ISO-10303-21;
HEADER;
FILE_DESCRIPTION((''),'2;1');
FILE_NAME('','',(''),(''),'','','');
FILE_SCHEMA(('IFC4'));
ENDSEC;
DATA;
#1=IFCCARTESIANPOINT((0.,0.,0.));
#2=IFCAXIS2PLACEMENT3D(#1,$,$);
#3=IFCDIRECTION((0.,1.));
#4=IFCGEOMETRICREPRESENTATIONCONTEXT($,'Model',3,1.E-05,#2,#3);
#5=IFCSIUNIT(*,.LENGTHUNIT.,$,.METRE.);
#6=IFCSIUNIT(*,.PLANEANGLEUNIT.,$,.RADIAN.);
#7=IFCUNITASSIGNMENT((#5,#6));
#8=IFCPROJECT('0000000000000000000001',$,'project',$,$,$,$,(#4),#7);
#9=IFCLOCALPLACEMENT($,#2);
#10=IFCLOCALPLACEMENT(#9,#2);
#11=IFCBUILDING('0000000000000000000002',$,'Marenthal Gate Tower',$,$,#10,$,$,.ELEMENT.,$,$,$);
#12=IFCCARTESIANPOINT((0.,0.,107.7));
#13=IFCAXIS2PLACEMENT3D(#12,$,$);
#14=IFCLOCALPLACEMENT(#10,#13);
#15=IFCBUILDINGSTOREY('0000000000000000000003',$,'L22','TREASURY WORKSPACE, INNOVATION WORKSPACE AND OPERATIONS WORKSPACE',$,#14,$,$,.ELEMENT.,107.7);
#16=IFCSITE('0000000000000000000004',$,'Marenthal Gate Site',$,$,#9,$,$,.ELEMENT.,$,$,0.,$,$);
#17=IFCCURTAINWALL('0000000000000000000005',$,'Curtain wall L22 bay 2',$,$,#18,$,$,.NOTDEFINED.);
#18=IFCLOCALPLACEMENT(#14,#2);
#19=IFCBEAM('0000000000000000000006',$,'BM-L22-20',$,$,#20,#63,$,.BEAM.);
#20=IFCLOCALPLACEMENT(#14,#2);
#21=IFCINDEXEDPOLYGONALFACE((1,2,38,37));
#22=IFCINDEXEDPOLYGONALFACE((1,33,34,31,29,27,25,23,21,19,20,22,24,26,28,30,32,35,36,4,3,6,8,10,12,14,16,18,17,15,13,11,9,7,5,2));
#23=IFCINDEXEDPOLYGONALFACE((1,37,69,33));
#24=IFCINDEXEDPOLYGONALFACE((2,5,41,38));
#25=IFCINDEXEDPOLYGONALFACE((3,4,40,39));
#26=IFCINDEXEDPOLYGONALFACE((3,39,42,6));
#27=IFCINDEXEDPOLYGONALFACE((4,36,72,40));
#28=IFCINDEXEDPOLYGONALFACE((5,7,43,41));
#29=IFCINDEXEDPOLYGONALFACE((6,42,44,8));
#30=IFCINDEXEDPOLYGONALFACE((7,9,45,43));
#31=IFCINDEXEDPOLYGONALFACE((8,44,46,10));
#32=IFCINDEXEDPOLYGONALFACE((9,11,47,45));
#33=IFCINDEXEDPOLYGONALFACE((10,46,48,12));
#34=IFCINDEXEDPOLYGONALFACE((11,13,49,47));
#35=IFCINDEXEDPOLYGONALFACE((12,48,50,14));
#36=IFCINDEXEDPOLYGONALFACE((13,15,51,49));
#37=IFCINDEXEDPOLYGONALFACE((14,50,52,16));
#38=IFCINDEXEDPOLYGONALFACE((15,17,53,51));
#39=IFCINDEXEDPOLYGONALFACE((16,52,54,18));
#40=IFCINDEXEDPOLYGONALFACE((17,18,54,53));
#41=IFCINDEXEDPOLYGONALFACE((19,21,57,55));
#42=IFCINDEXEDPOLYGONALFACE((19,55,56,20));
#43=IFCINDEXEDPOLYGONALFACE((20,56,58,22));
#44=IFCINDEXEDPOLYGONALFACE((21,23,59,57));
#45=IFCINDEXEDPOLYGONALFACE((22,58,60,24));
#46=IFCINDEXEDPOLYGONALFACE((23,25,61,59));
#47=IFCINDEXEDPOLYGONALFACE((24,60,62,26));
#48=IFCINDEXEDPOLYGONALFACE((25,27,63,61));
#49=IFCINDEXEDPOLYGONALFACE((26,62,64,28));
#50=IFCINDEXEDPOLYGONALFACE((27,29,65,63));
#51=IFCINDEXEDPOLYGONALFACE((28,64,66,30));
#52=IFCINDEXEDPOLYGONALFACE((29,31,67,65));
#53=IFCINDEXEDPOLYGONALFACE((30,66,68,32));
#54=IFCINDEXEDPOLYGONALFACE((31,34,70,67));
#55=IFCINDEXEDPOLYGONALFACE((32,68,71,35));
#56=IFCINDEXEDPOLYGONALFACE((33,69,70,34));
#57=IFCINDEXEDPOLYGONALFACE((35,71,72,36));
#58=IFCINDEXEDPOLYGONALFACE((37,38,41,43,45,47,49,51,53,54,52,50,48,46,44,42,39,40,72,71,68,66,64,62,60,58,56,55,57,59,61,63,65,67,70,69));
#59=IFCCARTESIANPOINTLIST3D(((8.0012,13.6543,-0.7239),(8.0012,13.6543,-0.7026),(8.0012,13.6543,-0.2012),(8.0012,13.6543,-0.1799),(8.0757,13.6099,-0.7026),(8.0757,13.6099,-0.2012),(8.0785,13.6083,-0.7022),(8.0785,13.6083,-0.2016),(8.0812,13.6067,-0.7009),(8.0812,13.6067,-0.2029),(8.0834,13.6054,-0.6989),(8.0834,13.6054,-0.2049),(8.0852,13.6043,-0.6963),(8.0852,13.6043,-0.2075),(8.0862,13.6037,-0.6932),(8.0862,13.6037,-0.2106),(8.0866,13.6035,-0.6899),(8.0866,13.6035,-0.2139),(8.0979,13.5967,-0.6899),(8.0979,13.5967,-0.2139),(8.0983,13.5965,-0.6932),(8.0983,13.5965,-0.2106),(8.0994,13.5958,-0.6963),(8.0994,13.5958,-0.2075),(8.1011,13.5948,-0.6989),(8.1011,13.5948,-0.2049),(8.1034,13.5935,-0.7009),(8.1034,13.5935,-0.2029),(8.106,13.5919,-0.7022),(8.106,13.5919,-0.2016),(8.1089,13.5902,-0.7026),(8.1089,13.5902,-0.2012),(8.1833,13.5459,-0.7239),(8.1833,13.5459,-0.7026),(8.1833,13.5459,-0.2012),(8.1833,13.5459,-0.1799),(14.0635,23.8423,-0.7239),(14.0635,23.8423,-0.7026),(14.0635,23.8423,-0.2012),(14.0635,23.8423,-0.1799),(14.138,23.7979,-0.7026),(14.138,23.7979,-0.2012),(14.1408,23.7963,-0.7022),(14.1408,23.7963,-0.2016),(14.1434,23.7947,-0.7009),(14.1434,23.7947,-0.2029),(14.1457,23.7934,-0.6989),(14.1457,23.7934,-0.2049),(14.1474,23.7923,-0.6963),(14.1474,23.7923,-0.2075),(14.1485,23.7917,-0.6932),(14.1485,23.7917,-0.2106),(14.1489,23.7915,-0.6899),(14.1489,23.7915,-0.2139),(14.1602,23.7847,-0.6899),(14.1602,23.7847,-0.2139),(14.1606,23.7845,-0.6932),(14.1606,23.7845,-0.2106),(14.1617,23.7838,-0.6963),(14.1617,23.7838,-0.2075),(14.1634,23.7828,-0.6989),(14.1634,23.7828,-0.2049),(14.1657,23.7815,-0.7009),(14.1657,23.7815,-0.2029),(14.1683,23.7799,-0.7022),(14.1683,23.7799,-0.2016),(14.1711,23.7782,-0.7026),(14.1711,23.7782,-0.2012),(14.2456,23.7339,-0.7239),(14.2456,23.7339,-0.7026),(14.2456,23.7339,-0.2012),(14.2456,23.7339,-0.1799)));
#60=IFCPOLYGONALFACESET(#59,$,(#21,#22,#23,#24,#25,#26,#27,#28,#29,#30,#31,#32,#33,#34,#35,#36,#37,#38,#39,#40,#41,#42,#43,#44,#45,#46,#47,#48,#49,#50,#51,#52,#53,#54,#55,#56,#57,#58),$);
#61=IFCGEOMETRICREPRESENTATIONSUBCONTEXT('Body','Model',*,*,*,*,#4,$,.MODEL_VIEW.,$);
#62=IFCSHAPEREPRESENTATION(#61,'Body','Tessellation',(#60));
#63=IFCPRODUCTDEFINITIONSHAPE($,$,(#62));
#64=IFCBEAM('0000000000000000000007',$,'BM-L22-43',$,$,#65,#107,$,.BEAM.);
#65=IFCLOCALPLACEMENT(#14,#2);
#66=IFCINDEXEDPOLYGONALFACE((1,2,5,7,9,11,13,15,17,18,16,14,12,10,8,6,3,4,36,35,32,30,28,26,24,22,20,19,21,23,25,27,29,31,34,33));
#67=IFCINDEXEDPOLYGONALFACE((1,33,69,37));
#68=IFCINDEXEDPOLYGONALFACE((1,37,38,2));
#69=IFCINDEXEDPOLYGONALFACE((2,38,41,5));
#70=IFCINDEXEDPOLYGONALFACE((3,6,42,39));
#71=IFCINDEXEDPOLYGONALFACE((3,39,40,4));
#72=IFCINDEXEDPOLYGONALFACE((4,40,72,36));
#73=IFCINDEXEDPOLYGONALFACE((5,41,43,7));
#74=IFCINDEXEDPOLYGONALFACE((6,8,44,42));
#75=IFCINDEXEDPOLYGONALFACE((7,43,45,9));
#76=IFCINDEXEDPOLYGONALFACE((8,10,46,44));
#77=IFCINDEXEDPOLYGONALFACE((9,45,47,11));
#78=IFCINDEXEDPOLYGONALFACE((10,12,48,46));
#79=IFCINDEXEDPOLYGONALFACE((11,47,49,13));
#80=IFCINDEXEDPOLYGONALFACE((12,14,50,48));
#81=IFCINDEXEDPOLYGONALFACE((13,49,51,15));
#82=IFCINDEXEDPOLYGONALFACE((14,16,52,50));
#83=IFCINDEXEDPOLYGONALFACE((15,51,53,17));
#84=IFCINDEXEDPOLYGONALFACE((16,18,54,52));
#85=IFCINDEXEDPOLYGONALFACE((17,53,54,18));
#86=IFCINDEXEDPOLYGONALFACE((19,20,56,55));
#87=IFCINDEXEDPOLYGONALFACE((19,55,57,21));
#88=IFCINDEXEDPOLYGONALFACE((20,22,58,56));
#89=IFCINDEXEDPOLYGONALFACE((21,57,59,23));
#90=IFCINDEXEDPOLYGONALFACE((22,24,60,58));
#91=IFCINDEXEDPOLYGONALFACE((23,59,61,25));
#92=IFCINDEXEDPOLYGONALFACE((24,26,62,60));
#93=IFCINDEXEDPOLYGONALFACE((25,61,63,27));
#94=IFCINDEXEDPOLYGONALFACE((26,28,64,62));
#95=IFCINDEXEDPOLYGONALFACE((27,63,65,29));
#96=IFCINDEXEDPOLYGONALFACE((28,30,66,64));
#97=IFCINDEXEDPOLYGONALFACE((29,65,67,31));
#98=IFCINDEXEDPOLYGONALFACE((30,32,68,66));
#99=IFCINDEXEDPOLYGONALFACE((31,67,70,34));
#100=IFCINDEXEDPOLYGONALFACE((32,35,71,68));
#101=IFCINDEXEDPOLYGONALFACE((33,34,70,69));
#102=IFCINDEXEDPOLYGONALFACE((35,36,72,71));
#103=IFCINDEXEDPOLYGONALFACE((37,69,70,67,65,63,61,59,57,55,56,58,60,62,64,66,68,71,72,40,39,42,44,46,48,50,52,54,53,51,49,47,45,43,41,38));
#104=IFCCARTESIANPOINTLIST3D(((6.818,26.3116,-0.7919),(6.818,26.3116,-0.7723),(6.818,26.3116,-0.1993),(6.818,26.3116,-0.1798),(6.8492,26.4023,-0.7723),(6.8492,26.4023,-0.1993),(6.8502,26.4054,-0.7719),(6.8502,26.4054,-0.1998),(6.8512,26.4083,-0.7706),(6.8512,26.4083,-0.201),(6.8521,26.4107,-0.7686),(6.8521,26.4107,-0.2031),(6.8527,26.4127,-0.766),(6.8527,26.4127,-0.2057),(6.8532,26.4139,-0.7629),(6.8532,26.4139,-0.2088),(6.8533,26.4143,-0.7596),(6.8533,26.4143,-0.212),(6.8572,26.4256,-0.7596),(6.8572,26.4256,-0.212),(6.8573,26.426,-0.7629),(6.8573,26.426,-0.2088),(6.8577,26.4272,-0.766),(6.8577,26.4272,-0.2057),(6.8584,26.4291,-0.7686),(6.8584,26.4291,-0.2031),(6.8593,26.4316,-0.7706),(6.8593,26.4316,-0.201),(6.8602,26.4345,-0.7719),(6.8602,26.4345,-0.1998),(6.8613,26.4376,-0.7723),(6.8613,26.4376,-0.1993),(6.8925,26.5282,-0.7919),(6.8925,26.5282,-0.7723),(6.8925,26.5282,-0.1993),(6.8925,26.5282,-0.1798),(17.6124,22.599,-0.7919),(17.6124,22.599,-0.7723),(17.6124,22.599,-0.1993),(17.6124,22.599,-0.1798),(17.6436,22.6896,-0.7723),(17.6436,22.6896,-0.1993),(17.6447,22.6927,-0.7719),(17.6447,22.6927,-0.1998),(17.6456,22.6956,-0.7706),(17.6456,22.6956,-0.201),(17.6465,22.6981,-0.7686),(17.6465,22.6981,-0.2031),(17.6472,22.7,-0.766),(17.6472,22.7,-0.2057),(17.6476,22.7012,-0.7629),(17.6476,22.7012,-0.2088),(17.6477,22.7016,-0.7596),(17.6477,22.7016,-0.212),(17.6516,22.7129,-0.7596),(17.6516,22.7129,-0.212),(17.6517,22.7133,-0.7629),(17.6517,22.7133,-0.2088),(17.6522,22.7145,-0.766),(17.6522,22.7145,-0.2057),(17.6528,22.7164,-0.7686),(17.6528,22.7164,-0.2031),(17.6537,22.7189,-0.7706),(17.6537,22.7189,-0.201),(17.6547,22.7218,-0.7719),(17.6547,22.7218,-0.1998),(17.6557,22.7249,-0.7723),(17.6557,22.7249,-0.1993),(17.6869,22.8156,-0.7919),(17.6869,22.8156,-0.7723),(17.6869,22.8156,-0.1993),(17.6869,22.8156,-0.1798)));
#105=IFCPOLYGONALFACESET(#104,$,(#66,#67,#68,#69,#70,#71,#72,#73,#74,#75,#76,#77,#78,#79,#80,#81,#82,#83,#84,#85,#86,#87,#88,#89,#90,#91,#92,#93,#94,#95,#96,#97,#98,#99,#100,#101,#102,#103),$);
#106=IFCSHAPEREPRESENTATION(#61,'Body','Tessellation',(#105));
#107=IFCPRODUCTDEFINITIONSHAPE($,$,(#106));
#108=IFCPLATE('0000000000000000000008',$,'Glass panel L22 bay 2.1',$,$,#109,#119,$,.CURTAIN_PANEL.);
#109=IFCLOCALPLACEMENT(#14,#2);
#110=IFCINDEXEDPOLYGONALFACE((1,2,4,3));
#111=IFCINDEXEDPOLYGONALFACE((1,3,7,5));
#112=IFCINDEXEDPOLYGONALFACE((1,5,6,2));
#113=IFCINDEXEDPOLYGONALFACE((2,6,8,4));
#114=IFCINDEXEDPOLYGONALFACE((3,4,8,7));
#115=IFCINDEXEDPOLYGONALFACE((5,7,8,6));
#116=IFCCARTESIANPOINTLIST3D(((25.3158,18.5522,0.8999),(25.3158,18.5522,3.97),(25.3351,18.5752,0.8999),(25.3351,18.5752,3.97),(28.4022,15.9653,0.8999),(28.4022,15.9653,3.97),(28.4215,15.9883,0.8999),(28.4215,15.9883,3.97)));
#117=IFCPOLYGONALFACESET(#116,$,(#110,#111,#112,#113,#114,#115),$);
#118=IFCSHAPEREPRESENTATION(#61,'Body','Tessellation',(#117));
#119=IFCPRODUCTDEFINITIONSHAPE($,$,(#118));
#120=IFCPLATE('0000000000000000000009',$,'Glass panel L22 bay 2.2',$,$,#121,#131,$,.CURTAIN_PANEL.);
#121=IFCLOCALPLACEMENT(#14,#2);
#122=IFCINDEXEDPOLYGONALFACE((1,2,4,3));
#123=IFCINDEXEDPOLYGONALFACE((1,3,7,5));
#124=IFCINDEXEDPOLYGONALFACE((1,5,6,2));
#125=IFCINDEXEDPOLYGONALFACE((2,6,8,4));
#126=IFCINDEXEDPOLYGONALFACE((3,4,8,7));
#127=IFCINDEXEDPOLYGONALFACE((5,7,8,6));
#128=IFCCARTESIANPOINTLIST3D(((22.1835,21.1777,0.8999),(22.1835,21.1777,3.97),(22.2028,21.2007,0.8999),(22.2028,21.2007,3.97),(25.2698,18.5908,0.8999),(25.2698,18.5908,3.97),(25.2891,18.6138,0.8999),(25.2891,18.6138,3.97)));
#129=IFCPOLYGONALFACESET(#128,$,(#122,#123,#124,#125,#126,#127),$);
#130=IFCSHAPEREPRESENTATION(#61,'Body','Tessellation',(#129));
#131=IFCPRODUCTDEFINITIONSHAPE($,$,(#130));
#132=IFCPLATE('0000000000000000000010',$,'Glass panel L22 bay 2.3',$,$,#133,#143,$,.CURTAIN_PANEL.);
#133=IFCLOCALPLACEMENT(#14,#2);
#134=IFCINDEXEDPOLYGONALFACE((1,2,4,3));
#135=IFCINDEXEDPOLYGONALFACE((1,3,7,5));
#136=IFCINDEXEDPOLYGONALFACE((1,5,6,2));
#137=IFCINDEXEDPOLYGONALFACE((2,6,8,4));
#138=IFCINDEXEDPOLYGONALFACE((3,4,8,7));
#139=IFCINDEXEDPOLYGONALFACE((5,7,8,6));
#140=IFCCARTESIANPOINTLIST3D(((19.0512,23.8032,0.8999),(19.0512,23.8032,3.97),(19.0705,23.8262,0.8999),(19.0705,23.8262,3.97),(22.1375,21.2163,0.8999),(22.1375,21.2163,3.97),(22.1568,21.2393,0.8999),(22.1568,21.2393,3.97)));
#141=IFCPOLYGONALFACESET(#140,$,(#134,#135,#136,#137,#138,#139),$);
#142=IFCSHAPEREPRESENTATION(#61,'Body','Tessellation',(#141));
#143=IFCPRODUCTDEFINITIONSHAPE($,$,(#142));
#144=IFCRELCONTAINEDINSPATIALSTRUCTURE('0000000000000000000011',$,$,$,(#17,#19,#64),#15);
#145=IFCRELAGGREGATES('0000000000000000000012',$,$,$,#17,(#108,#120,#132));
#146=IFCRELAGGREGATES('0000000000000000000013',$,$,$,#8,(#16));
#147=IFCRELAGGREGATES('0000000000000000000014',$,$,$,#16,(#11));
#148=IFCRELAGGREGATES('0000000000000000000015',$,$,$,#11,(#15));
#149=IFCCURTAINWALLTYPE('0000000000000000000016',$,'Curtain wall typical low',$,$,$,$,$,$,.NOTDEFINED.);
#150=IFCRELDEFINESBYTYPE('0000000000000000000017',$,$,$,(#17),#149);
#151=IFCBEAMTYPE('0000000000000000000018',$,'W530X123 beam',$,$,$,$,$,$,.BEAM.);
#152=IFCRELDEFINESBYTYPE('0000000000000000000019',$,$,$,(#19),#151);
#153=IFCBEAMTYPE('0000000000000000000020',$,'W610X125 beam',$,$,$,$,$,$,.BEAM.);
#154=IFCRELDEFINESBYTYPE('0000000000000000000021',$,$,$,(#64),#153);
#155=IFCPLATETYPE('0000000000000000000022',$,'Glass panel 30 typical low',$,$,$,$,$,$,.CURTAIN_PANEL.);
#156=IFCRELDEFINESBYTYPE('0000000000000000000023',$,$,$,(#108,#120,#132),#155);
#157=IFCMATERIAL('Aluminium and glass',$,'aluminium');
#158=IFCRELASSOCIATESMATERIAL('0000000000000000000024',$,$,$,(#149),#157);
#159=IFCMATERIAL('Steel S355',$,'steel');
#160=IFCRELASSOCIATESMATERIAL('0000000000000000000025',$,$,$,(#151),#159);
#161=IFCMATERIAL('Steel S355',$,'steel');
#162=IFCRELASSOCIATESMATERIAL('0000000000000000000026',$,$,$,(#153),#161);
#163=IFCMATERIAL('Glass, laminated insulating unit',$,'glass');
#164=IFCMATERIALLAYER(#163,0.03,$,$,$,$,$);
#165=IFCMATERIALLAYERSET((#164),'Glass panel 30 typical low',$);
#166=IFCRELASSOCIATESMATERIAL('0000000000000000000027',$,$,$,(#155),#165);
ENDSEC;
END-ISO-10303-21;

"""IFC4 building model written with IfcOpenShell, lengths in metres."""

from ifc_helpers import new_model, si_unit, direction, frame, origin, origin_2d, place, context, subcontext, project, spatial, rectangle, i_section, extrude, material, layer, layer_set, material_profile, profile_set, type_object, element, aggregate, save


model = new_model("IFC4")

# Units and contexts
model_context = context("Model", 3, precision=1e-05, world=origin(), true_north=direction((0.0, 1.0)))
body_context = subcontext(model_context, "Body", "Model", "MODEL_VIEW")
ifc_project = project(units=[si_unit("LENGTHUNIT", "METRE"), si_unit("PLANEANGLEUNIT", "RADIAN")], contexts=[model_context])

# Site, building, storey
site_placement = place(None, origin())
site = spatial("IfcSite", under=ifc_project, at=site_placement, Name="Marenthal Gate Site", CompositionType="ELEMENT", RefElevation=0.0)
building_placement = place(site_placement, origin())
building = spatial("IfcBuilding", under=site, at=building_placement, Name="Marenthal Gate Tower", CompositionType="ELEMENT")
storey_placement = place(building_placement, frame((0.0, 0.0, 107.7)))
storey = spatial("IfcBuildingStorey", under=building, at=storey_placement, Name="L22", Description="TREASURY WORKSPACE, INNOVATION WORKSPACE AND OPERATIONS WORKSPACE", CompositionType="ELEMENT", Elevation=107.7)

# Curtain wall
ifc_material_1 = material(Name="Aluminium and glass", Category="aluminium")
curtain_wall_type = type_object("IfcCurtainWallType", Name="Curtain wall typical low", PredefinedType="NOTDEFINED", material=ifc_material_1)
curtain_wall_placement = place(storey_placement, origin())
curtain_wall = element("IfcCurtainWall", 1, at=curtain_wall_placement, inside=storey, type_object=curtain_wall_type, Name="Curtain wall L22 bay 2", PredefinedType="NOTDEFINED")

# Beams
ifc_material_2 = material(Name="Steel S355", Category="steel")
ifc_material_profile_1 = material_profile(ifc_material_2, i_section(OverallWidth=0.2119, OverallDepth=0.5439, WebThickness=0.0132, FlangeThickness=0.0212, FilletRadius=0.0127, at=origin_2d()), Name="W530X123")
ifc_profile_set_1 = profile_set([ifc_material_profile_1], Name="Steel S355")
beam_type_1 = type_object("IfcBeamType", Name="W530X123 beam", PredefinedType="BEAM", material=ifc_profile_set_1)
beam_1_placement = place(storey_placement, frame((14.1545, 23.7881, -0.4519), z_axis=(-0.511358, -0.859368, 0.0), x_axis=(0.859368, -0.511358, 0.0)))
element("IfcBeam", 2, at=beam_1_placement, inside=storey, type_object=beam_type_1, Name="BM-L22-20", PredefinedType="BEAM", context=body_context, shape_type="SweptSolid", body=[
    extrude(i_section(OverallWidth=0.2119, OverallDepth=0.5439, WebThickness=0.0132, FlangeThickness=0.0212, FilletRadius=0.0127, at=origin_2d()), origin(), (0.0, 0.0, 1.0), 11.8552),
])
ifc_material_3 = material(Name="Steel S355", Category="steel")
ifc_material_profile_2 = material_profile(ifc_material_3, i_section(OverallWidth=0.229, OverallDepth=0.6121, WebThickness=0.012, FlangeThickness=0.0195, FilletRadius=0.0127, at=origin_2d()), Name="W610X125")
ifc_profile_set_2 = profile_set([ifc_material_profile_2], Name="Steel S355")
beam_type_2 = type_object("IfcBeamType", Name="W610X125 beam", PredefinedType="BEAM", material=ifc_profile_set_2)
beam_2_placement = place(storey_placement, frame((17.6497, 22.7073, -0.4858), z_axis=(-0.945631, 0.325241, 0.0), x_axis=(-0.325241, -0.945631, 0.0)))
element("IfcBeam", 3, at=beam_2_placement, inside=storey, type_object=beam_type_2, Name="BM-L22-43", PredefinedType="BEAM", context=body_context, shape_type="SweptSolid", body=[
    extrude(i_section(OverallWidth=0.229, OverallDepth=0.6121, WebThickness=0.012, FlangeThickness=0.0195, FilletRadius=0.0127, at=origin_2d()), origin(), (0.0, 0.0, 1.0), 11.415),
])

# Plates
ifc_material_4 = material(Name="Glass, laminated insulating unit", Category="glass")
ifc_layer_1 = layer(ifc_material_4, 0.03)
ifc_layer_set_1 = layer_set([ifc_layer_1], Name="Glass panel 30 typical low")
plate_type = type_object("IfcPlateType", Name="Glass panel 30 typical low", PredefinedType="CURTAIN_PANEL", material=ifc_layer_set_1)
plate_1_placement = place(storey_placement, frame((26.8687, 17.2703, 0.8999), z_axis=(0.0, 0.0, 1.0), x_axis=(-0.766389, 0.642377, 0.0)))
plate_1 = element("IfcPlate", 4, at=plate_1_placement, type_object=plate_type, Name="Glass panel L22 bay 2.1", PredefinedType="CURTAIN_PANEL", context=body_context, shape_type="SweptSolid", body=[
    extrude(rectangle(XDim=4.0271, YDim=0.03, at=origin_2d()), origin(), (0.0, 0.0, 1.0), 3.0701),
])
plate_2_placement = place(storey_placement, frame((23.7363, 19.8958, 0.8999), z_axis=(0.0, 0.0, 1.0), x_axis=(-0.766389, 0.642377, 0.0)))
plate_2 = element("IfcPlate", 5, at=plate_2_placement, type_object=plate_type, Name="Glass panel L22 bay 2.2", PredefinedType="CURTAIN_PANEL", context=body_context, shape_type="SweptSolid", body=[
    extrude(rectangle(XDim=4.0271, YDim=0.03, at=origin_2d()), origin(), (0.0, 0.0, 1.0), 3.0701),
])
plate_3_placement = place(storey_placement, frame((20.604, 22.5212, 0.8999), z_axis=(0.0, 0.0, 1.0), x_axis=(-0.766389, 0.642377, 0.0)))
plate_3 = element("IfcPlate", 6, at=plate_3_placement, type_object=plate_type, Name="Glass panel L22 bay 2.3", PredefinedType="CURTAIN_PANEL", context=body_context, shape_type="SweptSolid", body=[
    extrude(rectangle(XDim=4.0271, YDim=0.03, at=origin_2d()), origin(), (0.0, 0.0, 1.0), 3.0701),
])
aggregate(curtain_wall, [plate_1, plate_2, plate_3])

save(model, "model.ifc")
